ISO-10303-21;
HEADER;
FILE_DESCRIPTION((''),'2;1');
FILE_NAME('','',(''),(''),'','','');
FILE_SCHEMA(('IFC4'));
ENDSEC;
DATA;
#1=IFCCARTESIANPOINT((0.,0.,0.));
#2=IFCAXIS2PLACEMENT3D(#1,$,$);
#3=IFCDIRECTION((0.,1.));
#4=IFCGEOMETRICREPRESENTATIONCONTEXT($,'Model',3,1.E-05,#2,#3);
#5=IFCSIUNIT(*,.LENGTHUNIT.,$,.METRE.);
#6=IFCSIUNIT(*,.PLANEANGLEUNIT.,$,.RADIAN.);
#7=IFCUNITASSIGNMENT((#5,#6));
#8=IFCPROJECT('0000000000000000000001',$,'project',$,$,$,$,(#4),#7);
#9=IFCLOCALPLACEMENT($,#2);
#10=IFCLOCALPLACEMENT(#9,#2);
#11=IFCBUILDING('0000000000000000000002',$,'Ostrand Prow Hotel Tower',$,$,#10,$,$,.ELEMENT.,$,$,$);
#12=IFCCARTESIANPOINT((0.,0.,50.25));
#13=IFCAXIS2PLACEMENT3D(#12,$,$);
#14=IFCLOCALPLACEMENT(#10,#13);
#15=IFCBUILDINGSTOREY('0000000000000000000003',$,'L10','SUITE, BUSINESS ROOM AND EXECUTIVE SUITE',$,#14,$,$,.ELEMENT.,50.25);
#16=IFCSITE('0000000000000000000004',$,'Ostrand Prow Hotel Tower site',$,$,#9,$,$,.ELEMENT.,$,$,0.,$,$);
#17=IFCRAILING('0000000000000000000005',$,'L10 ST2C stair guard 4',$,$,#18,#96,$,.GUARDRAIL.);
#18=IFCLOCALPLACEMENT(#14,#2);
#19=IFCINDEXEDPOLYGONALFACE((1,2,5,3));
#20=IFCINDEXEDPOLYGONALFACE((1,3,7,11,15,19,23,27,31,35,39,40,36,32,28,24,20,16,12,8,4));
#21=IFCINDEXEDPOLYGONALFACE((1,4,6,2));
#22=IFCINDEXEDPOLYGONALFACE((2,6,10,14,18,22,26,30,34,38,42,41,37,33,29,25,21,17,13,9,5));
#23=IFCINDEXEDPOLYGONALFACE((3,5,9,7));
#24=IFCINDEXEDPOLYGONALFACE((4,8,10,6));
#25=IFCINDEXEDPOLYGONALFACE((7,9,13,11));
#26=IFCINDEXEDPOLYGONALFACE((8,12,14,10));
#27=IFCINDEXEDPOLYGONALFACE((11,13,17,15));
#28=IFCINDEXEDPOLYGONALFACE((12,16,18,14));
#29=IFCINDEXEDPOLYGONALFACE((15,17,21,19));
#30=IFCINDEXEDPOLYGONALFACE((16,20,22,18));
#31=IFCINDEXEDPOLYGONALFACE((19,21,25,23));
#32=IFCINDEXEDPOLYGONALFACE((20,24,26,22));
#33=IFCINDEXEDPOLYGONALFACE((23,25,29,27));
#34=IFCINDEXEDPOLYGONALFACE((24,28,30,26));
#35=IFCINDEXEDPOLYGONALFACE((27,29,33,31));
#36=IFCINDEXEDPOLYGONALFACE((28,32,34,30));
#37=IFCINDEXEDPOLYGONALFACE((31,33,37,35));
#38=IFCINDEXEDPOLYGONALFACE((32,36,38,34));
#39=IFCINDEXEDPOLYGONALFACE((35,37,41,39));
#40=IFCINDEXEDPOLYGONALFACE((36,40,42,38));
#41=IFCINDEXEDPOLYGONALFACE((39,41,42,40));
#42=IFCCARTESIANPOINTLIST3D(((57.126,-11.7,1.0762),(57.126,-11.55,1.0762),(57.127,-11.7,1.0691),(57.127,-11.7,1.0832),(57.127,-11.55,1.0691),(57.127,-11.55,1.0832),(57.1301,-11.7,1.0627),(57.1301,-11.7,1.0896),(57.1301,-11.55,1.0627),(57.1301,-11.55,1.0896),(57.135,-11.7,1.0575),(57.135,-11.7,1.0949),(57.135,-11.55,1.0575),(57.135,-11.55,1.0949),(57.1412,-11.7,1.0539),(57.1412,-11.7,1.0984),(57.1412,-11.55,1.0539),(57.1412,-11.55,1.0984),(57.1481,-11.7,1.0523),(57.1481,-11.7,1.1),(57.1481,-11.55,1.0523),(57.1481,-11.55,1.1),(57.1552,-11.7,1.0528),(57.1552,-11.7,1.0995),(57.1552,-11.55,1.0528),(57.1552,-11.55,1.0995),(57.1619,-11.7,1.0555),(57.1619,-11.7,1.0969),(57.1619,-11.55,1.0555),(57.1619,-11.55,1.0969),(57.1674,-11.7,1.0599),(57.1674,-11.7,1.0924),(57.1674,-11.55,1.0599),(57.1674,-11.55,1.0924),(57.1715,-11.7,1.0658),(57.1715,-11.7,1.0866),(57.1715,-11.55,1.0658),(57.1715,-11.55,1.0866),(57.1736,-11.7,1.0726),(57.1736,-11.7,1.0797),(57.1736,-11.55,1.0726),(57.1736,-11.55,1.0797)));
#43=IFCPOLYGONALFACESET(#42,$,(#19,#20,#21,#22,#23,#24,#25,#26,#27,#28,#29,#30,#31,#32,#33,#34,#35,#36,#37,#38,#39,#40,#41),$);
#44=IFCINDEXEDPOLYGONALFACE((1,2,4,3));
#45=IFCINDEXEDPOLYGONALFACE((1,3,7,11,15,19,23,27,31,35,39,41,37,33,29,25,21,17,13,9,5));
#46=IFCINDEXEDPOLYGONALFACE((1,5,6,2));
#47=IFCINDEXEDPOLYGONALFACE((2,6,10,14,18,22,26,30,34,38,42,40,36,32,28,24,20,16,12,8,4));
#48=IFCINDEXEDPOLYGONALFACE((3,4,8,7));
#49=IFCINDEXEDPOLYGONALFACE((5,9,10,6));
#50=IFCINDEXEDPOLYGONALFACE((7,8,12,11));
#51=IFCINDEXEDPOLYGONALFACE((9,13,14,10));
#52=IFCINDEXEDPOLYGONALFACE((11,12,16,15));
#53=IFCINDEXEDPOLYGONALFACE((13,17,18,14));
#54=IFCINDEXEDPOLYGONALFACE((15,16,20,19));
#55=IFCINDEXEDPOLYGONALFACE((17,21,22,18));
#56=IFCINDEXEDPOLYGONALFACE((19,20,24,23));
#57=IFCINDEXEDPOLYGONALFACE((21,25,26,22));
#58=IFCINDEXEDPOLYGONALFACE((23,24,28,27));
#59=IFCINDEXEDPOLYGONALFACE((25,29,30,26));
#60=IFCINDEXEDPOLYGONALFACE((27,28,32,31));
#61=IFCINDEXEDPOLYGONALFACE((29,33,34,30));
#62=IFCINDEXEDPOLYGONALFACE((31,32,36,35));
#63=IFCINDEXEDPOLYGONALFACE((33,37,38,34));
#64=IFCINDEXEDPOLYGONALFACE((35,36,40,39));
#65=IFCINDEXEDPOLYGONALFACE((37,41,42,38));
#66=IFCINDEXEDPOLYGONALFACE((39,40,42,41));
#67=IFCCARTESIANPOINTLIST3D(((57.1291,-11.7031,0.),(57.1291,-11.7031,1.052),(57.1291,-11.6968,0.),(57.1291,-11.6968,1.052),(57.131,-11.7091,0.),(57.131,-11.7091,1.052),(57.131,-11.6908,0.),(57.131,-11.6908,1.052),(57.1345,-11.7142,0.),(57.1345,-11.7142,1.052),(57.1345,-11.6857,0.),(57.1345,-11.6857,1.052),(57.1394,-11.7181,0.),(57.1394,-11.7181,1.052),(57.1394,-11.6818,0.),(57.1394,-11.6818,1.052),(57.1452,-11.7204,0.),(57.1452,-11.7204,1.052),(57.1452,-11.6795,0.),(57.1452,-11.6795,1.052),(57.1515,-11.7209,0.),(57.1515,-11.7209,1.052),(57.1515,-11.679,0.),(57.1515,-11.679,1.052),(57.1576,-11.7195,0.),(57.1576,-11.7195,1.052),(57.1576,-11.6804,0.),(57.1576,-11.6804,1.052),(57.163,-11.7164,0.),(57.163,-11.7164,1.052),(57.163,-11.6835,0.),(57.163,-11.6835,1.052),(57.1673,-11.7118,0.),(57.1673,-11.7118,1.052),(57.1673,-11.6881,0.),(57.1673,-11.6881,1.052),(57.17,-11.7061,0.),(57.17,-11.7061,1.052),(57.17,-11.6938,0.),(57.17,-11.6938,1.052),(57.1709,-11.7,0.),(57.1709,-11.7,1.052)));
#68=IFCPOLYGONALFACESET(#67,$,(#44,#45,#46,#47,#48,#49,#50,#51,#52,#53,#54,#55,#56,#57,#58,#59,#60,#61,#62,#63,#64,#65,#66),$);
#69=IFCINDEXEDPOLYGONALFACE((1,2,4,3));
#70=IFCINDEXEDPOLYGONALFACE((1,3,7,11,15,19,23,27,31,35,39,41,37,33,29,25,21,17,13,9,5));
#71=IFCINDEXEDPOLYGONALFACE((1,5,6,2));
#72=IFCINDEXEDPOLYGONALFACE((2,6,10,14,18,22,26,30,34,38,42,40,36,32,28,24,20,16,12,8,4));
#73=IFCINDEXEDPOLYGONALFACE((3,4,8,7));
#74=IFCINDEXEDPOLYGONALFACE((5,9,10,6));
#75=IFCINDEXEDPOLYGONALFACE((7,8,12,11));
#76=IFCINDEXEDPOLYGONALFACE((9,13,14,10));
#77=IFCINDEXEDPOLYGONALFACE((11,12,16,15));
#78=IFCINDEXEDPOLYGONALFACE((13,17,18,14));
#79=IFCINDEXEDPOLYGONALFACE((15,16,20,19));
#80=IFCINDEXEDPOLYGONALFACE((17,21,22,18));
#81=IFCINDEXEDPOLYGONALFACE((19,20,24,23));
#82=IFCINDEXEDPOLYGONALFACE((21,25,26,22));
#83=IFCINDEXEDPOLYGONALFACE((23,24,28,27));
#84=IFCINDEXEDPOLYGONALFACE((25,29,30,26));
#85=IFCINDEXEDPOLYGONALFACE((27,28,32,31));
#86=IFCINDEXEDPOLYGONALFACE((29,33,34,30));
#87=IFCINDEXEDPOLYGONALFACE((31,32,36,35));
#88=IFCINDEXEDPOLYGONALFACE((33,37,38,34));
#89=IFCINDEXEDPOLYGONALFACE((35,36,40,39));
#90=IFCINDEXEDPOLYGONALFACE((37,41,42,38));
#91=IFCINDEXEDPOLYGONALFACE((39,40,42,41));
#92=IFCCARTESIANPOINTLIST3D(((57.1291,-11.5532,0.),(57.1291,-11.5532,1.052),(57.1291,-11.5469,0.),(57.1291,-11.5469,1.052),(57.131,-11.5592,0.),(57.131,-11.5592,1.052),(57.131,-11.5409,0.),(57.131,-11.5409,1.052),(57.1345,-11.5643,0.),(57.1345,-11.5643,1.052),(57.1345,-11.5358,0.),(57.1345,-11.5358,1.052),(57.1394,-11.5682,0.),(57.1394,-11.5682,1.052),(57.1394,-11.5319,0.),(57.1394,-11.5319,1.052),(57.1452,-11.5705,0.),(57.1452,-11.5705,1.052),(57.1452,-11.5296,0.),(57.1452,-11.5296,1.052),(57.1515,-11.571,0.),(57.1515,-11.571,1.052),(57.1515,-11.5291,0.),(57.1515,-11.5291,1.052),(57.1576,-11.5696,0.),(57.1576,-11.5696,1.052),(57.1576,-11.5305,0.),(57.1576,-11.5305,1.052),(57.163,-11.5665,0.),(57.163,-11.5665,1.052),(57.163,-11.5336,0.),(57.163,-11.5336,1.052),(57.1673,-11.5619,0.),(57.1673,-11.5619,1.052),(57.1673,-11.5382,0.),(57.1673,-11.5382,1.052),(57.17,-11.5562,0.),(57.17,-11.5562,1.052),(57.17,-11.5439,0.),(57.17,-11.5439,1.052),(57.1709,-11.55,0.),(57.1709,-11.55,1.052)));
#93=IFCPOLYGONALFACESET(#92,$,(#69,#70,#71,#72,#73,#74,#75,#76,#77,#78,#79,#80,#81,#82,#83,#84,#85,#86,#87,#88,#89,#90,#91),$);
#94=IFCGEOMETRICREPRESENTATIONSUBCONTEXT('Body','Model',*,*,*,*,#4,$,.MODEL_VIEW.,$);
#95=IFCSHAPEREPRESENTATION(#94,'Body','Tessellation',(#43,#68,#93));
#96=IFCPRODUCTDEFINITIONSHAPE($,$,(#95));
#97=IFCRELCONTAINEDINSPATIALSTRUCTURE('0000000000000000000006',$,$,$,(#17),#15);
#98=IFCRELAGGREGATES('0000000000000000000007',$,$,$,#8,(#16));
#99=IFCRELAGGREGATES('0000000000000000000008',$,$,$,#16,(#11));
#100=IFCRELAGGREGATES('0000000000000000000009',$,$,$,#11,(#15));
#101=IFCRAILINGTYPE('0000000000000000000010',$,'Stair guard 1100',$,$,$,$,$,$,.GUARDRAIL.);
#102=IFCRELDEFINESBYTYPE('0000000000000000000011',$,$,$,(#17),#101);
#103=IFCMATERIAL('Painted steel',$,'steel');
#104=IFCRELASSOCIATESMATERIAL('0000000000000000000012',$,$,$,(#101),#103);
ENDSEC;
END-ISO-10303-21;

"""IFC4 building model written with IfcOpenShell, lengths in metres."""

from ifc_helpers import new_model, si_unit, direction, frame, origin, origin_2d, place, context, subcontext, project, spatial, circle, extrude, material, type_object, element, save


model = new_model("IFC4")

# Units and contexts
model_context = context("Model", 3, precision=1e-05, world=origin(), true_north=direction((0.0, 1.0)))
body_context = subcontext(model_context, "Body", "Model", "MODEL_VIEW")
ifc_project = project(units=[si_unit("LENGTHUNIT", "METRE"), si_unit("PLANEANGLEUNIT", "RADIAN")], contexts=[model_context])

# Site, building, storey
site_placement = place(None, origin())
site = spatial("IfcSite", under=ifc_project, at=site_placement, Name="Ostrand Prow Hotel Tower site", CompositionType="ELEMENT", RefElevation=0.0)
building_placement = place(site_placement, origin())
building = spatial("IfcBuilding", under=site, at=building_placement, Name="Ostrand Prow Hotel Tower", CompositionType="ELEMENT")
storey_placement = place(building_placement, frame((0.0, 0.0, 50.25)))
storey = spatial("IfcBuildingStorey", under=building, at=storey_placement, Name="L10", Description="SUITE, BUSINESS ROOM AND EXECUTIVE SUITE", CompositionType="ELEMENT", Elevation=50.25)

# Railing
ifc_material_1 = material(Name="Painted steel", Category="steel")
railing_type_1 = type_object("IfcRailingType", Name="Stair guard 1100", PredefinedType="GUARDRAIL", material=ifc_material_1)
railing_1_placement = place(storey_placement, frame((57.1499, -11.7, 0.0)))
element("IfcRailing", 1, at=railing_1_placement, inside=storey, type_object=railing_type_1, Name="L10 ST2C stair guard 4", PredefinedType="GUARDRAIL", context=body_context, shape_type="SweptSolid", body=[
    extrude(circle(Radius=0.0239, at=origin_2d()), frame((0.0, 0.0, 1.0762), z_axis=(0.0, 1.0, 0.0), x_axis=(-1.0, 0.0, 0.0)), (0.0, 0.0, 1.0), 0.1499),
    extrude(circle(Radius=0.021, at=origin_2d()), origin(), (0.0, 0.0, 1.0), 1.052),
    extrude(circle(Radius=0.021, at=origin_2d()), frame((0.0, 0.1499, 0.0)), (0.0, 0.0, 1.0), 1.052),
])

save(model, "model.ifc")
